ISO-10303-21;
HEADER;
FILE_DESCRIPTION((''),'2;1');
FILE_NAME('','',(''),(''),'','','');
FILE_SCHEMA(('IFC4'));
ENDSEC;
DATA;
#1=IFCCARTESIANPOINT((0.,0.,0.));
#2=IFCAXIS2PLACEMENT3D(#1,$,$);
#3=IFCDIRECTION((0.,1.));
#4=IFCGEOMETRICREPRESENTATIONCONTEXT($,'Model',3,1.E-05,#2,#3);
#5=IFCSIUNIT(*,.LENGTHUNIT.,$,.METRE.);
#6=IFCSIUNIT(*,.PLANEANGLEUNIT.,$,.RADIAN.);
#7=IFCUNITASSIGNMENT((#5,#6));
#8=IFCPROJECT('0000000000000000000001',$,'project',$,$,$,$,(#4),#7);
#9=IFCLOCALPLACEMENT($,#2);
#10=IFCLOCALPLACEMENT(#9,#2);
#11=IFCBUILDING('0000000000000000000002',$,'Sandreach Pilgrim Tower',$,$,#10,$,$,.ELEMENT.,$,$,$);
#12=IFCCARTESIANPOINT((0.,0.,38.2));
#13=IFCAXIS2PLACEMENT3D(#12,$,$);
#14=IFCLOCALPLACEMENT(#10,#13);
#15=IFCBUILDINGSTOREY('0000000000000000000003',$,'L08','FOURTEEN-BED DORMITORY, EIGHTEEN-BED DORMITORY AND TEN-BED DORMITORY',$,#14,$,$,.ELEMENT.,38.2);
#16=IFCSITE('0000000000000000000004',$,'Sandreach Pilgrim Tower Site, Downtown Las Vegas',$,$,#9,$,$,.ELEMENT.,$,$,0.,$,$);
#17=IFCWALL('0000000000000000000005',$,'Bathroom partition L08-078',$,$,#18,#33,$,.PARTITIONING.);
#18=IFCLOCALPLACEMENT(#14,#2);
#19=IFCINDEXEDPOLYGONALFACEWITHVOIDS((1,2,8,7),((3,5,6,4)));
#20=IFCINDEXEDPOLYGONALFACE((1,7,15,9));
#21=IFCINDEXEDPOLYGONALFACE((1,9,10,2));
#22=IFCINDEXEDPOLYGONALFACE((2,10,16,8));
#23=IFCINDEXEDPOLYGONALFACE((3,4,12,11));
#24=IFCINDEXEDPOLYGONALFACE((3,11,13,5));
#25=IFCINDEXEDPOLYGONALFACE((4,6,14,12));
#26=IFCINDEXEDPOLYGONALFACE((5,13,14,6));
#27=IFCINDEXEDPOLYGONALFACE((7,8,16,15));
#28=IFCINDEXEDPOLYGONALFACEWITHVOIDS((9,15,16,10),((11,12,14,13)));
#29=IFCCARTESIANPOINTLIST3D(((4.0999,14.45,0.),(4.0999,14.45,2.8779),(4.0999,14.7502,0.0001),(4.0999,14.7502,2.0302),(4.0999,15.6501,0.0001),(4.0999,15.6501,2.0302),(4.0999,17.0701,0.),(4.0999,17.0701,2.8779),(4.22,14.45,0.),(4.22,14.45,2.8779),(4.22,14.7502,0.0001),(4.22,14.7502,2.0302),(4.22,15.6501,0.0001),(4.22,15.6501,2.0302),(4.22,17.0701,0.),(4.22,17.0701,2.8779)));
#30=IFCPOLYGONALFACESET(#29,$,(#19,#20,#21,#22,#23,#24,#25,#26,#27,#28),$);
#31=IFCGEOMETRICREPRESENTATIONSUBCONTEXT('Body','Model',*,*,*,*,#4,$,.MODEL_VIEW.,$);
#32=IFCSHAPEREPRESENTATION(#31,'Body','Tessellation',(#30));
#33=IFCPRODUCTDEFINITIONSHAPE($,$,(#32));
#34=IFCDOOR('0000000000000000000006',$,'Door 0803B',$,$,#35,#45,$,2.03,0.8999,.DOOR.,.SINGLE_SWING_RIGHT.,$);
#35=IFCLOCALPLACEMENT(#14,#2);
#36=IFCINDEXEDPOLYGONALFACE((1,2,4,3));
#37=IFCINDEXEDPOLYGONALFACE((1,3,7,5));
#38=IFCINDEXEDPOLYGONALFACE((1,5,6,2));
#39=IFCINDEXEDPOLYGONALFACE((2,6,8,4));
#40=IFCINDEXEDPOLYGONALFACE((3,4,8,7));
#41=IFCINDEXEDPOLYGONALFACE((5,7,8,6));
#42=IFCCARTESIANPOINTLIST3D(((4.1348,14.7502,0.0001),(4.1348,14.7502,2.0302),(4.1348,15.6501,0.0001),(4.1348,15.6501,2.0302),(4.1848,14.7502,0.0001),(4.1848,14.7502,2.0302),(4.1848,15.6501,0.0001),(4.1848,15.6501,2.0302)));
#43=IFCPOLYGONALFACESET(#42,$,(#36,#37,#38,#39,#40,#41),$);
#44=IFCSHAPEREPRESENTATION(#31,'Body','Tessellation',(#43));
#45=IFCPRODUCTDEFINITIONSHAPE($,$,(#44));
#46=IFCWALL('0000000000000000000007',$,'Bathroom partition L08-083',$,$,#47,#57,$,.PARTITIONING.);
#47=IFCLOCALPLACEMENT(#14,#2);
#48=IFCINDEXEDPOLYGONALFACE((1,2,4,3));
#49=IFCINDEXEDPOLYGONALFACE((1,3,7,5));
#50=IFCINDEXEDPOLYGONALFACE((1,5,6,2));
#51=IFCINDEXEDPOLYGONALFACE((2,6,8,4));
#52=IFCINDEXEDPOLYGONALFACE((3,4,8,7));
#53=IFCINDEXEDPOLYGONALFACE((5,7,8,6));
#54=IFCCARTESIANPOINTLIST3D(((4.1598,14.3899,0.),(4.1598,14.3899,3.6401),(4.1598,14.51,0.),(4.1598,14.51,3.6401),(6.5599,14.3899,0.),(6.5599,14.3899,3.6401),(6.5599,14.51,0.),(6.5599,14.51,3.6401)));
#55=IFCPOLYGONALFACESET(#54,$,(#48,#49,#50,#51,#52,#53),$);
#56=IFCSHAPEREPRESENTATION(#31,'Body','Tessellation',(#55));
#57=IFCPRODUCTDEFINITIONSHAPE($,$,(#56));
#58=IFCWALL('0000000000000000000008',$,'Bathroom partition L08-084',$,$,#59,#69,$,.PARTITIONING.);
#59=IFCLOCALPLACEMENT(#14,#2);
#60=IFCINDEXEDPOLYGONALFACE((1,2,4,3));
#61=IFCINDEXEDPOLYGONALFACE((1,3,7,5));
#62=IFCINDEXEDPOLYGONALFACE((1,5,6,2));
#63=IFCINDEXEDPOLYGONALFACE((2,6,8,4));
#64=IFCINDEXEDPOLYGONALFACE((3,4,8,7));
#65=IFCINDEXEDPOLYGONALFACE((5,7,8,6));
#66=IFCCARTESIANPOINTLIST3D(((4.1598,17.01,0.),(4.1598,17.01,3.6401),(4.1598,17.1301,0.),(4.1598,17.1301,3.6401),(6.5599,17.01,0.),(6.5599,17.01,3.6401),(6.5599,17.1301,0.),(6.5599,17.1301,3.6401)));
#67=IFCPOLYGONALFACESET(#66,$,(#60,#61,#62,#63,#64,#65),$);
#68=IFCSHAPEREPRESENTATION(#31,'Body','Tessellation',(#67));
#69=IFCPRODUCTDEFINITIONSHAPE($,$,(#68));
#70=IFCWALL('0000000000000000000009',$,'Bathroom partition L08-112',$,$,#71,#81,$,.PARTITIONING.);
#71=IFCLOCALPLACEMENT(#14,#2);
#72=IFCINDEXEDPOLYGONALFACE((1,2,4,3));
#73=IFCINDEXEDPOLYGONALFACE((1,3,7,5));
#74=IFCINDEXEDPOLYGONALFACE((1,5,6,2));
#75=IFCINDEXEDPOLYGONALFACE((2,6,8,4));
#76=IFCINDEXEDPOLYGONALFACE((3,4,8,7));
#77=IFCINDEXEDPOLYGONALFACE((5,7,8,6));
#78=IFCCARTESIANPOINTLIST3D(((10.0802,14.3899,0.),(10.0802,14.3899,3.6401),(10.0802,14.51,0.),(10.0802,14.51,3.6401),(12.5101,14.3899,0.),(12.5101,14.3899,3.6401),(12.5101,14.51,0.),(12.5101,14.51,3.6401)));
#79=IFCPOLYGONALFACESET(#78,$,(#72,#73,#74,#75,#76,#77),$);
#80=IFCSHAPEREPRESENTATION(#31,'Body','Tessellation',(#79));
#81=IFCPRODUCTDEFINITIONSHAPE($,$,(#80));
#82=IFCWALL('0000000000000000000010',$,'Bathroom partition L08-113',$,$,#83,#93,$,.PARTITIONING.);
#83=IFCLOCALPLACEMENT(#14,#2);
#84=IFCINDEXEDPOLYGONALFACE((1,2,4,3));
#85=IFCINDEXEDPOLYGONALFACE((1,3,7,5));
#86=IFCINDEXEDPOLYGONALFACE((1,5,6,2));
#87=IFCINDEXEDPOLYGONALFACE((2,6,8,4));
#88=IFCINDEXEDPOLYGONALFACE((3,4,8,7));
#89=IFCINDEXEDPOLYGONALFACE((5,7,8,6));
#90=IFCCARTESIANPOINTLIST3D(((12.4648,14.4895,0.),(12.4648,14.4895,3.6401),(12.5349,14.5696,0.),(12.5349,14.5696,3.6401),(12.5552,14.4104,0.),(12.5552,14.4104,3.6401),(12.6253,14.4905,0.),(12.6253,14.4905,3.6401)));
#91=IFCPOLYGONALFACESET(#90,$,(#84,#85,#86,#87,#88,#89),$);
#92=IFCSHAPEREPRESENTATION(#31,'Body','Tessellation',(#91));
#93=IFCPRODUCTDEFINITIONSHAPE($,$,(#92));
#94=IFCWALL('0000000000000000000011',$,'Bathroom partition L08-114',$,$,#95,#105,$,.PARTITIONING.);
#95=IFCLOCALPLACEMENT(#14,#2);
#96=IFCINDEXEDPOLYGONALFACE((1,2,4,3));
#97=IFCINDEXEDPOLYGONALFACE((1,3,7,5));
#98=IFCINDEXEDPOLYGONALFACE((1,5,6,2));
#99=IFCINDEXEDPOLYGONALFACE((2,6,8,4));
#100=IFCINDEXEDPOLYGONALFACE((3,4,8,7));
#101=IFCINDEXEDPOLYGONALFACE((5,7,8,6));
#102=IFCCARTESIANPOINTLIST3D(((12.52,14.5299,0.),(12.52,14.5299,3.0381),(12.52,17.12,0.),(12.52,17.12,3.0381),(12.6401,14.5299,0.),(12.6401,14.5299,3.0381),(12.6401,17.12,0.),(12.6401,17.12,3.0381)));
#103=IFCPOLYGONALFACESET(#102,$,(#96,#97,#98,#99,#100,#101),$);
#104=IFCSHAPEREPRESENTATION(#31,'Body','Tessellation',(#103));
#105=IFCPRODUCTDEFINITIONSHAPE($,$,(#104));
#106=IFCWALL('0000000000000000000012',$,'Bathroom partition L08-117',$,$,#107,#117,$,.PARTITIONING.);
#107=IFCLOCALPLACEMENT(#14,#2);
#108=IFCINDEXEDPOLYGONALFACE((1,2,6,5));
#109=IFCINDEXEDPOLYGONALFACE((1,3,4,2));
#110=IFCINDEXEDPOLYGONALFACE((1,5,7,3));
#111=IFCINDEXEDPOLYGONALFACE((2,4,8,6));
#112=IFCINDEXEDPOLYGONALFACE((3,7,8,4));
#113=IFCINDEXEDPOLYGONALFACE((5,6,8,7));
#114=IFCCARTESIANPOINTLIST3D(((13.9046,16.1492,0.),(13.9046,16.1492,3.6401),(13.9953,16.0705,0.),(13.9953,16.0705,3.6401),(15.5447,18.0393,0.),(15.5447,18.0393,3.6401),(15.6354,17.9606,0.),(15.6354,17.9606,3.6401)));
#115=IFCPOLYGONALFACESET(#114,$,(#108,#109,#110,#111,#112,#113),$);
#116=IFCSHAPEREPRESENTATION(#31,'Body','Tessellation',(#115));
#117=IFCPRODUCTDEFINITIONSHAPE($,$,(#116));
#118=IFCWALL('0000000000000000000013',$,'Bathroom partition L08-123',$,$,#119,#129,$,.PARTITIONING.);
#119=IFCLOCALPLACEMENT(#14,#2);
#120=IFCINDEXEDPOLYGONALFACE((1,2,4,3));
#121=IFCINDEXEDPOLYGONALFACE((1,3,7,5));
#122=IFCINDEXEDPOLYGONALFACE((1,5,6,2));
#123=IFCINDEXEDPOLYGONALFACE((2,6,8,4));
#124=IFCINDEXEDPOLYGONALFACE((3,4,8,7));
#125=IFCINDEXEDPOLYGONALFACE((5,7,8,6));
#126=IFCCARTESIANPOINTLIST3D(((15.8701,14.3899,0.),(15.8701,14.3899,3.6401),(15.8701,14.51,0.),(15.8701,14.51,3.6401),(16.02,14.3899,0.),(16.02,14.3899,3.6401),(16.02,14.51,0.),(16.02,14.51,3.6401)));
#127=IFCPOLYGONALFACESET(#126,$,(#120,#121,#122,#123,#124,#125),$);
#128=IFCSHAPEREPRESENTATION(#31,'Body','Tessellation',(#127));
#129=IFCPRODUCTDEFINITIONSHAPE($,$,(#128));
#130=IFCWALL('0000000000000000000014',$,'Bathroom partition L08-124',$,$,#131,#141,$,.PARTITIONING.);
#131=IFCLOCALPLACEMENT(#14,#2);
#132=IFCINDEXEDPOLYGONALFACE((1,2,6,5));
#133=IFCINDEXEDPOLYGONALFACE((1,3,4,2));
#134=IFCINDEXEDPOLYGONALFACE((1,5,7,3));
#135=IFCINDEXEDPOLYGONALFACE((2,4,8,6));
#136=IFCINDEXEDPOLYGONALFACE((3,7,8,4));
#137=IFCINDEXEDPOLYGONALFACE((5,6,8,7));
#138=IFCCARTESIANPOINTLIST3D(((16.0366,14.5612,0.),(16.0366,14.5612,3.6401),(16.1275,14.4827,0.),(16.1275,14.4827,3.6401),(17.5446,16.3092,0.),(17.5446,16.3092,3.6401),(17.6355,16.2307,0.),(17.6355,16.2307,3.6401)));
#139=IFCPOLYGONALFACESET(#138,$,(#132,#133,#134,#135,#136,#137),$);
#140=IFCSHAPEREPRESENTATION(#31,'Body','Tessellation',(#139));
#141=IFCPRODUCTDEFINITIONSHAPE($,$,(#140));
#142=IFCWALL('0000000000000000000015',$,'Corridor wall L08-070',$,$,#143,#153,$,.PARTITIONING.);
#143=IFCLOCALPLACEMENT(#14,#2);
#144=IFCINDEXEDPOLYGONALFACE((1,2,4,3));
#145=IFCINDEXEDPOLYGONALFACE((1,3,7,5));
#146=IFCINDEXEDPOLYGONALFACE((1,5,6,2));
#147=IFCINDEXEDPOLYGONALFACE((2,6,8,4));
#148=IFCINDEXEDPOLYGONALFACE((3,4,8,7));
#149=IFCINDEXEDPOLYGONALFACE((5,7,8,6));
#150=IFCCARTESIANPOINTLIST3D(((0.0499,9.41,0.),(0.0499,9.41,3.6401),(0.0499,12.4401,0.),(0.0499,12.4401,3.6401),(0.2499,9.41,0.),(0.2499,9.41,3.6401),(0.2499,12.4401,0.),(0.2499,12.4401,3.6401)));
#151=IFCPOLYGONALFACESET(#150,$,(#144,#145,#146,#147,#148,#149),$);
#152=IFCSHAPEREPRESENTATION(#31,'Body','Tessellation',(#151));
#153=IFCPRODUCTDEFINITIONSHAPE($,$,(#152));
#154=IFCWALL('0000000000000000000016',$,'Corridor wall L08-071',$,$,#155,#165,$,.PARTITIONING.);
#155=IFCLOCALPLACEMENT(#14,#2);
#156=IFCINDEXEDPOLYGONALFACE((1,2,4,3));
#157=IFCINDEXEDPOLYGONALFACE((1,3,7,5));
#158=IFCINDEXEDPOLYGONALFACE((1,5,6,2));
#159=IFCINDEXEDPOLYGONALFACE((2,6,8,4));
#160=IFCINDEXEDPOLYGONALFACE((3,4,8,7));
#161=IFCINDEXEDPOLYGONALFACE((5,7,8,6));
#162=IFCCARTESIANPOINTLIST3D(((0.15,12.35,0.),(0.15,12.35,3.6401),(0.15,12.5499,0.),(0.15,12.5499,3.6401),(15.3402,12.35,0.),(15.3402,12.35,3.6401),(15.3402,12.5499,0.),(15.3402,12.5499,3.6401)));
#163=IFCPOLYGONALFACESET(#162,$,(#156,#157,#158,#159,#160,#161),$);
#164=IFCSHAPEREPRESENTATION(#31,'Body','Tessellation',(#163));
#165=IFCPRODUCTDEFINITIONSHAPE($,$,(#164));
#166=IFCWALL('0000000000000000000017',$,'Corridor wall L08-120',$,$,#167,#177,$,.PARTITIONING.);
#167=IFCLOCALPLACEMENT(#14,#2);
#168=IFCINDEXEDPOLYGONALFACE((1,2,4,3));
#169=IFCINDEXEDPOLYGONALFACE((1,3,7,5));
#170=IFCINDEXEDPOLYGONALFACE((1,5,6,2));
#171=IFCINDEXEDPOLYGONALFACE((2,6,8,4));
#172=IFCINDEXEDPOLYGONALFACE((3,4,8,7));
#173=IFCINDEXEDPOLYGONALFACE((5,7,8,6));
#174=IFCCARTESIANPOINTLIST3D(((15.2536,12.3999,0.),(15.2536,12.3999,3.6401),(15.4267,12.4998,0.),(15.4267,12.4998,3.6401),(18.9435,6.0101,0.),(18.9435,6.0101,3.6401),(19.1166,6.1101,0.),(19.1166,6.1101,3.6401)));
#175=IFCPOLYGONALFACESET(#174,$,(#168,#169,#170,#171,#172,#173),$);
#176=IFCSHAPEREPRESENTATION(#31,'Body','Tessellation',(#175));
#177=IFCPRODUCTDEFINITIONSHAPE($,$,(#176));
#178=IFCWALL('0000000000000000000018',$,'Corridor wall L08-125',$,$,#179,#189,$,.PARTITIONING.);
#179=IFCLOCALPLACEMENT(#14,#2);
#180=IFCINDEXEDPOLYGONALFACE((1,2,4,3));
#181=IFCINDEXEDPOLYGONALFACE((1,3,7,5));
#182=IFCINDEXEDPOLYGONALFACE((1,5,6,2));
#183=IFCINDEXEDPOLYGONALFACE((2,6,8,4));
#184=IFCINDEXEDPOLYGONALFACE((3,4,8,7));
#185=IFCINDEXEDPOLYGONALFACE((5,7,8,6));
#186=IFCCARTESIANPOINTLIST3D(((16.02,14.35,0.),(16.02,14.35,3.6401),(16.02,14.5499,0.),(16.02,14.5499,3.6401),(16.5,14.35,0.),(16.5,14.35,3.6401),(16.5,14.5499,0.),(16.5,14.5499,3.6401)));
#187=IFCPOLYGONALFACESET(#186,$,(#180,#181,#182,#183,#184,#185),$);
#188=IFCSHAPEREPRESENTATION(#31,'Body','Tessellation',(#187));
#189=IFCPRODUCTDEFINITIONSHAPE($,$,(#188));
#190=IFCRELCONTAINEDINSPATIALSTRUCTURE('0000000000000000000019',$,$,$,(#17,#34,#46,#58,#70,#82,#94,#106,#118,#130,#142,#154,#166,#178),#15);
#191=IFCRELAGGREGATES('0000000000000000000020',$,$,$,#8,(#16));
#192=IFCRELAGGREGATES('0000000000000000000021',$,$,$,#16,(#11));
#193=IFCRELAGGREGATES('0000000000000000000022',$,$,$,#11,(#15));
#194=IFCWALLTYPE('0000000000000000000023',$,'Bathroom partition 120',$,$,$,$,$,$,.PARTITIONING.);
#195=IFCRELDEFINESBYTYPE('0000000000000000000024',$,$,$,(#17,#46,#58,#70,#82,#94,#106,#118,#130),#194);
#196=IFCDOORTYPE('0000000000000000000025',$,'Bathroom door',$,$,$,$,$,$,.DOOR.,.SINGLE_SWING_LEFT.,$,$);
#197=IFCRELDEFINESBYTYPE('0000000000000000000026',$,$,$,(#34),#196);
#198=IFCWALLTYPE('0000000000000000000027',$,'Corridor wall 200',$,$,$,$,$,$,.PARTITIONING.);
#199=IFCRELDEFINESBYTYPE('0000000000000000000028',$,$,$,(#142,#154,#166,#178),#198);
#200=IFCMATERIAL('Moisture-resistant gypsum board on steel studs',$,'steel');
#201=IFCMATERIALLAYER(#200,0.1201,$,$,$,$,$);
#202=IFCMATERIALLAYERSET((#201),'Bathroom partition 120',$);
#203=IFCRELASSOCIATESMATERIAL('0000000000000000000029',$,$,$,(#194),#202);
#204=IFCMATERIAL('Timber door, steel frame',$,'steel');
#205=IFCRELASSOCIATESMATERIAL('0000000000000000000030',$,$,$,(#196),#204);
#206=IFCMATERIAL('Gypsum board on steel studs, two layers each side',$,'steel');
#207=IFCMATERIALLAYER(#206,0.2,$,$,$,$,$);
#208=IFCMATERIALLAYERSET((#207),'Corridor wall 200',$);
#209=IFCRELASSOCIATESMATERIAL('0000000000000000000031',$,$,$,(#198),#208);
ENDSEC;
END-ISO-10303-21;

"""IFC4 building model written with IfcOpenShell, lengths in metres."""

from ifc_helpers import new_model, si_unit, direction, frame, frame_2d, origin, place, context, subcontext, project, spatial, rectangle, extrude, material, layer, layer_set, type_object, element, fill, save


model = new_model("IFC4")

# Units and contexts
model_context = context("Model", 3, precision=1e-05, world=origin(), true_north=direction((0.0, 1.0)))
body_context = subcontext(model_context, "Body", "Model", "MODEL_VIEW")
ifc_project = project(units=[si_unit("LENGTHUNIT", "METRE"), si_unit("PLANEANGLEUNIT", "RADIAN")], contexts=[model_context])

# Site, building, storey
site_placement = place(None, origin())
site = spatial("IfcSite", under=ifc_project, at=site_placement, Name="Sandreach Pilgrim Tower Site, Downtown Las Vegas", CompositionType="ELEMENT", RefElevation=0.0)
building_placement = place(site_placement, origin())
building = spatial("IfcBuilding", under=site, at=building_placement, Name="Sandreach Pilgrim Tower", CompositionType="ELEMENT")
storey_placement = place(building_placement, frame((0.0, 0.0, 38.2)))
storey = spatial("IfcBuildingStorey", under=building, at=storey_placement, Name="L08", Description="FOURTEEN-BED DORMITORY, EIGHTEEN-BED DORMITORY AND TEN-BED DORMITORY", CompositionType="ELEMENT", Elevation=38.2)

# Wall, opening, door
ifc_material_1 = material(Name="Moisture-resistant gypsum board on steel studs", Category="steel")
ifc_layer_1 = layer(ifc_material_1, 0.1201)
ifc_layer_set_1 = layer_set([ifc_layer_1], Name="Bathroom partition 120")
wall_type_1 = type_object("IfcWallType", Name="Bathroom partition 120", PredefinedType="PARTITIONING", material=ifc_layer_set_1)
wall_1_placement = place(storey_placement, frame((4.1599, 17.0701, 0.0), z_axis=(0.0, 0.0, 1.0), x_axis=(0.0, -1.0, 0.0)))
wall_1 = element("IfcWall", 1, at=wall_1_placement, inside=storey, type_object=wall_type_1, Name="Bathroom partition L08-078", PredefinedType="PARTITIONING", context=body_context, shape_type="SweptSolid", body=[
    extrude(rectangle(XDim=2.6201, YDim=0.1201, at=frame_2d((1.3101, 0.0))), origin(), (0.0, 0.0, 1.0), 2.8779),
])
opening_1_placement = place(wall_1_placement, frame((1.4199, 0.0, 0.0)))
opening_1 = element("IfcOpeningElement", 2, at=opening_1_placement, cuts=wall_1, PredefinedType="OPENING", context=body_context, shape_type="SweptSolid", body=[
    extrude(rectangle(XDim=0.8999, YDim=2.03, at=frame_2d((0.45, 1.0151))), frame((0.0, 0.0601, 0.0), z_axis=(0.0, -1.0, 0.0), x_axis=(1.0, 0.0, 0.0)), (0.0, 0.0, 1.0), 0.1201),
])
ifc_material_2 = material(Name="Timber door, steel frame", Category="steel")
door_type_1 = type_object("IfcDoorType", Name="Bathroom door", OperationType="SINGLE_SWING_LEFT", PredefinedType="DOOR", material=ifc_material_2)
door_1_placement = place(opening_1_placement, origin())
door_1 = element("IfcDoor", 3, at=door_1_placement, inside=storey, type_object=door_type_1, Name="Door 0803B", OperationType="SINGLE_SWING_RIGHT", OverallHeight=2.03, OverallWidth=0.8999, PredefinedType="DOOR", context=body_context, shape_type="SweptSolid", body=[
    extrude(rectangle(XDim=0.8999, YDim=2.03, at=frame_2d((0.45, 1.0151))), frame((0.0, 0.0249, 0.0), z_axis=(0.0, -1.0, 0.0), x_axis=(1.0, 0.0, 0.0)), (0.0, 0.0, 1.0), 0.05),
])
fill(opening_1, door_1)

# Walls
for number, where, z_axis, x_axis, name in (
    (4, (6.5601, 14.45, 0.0), (0.0, 0.0, 1.0), (-1.0, 0.0, 0.0), "Bathroom partition L08-083"),
    (5, (6.5601, 17.0701, 0.0), (0.0, 0.0, 1.0), (-1.0, 0.0, 0.0), "Bathroom partition L08-084"),
):
    element("IfcWall", number, at=place(storey_placement, frame(where, z_axis=z_axis, x_axis=x_axis)), inside=storey, type_object=wall_type_1, Name=name, PredefinedType="PARTITIONING", context=body_context, shape_type="SweptSolid", body=[
        extrude(rectangle(XDim=2.4001, YDim=0.1201, at=frame_2d((1.2002, 0.0))), origin(), (0.0, 0.0, 1.0), 3.6401),
    ])
wall_2_placement = place(storey_placement, frame((12.51, 14.45, 0.0), z_axis=(0.0, 0.0, 1.0), x_axis=(-1.0, 0.0, 0.0)))
element("IfcWall", 6, at=wall_2_placement, inside=storey, type_object=wall_type_1, Name="Bathroom partition L08-112", PredefinedType="PARTITIONING", context=body_context, shape_type="SweptSolid", body=[
    extrude(rectangle(XDim=2.4299, YDim=0.1201, at=frame_2d((1.2148, 0.0))), origin(), (0.0, 0.0, 1.0), 3.6401),
])
wall_3_placement = place(storey_placement, frame((12.5801, 14.53, 0.0), z_axis=(0.0, 0.0, 1.0), x_axis=(-0.658505, -0.752577, 0.0)))
element("IfcWall", 7, at=wall_3_placement, inside=storey, type_object=wall_type_1, Name="Bathroom partition L08-113", PredefinedType="PARTITIONING", context=body_context, shape_type="SweptSolid", body=[
    extrude(rectangle(XDim=0.1064, YDim=0.1201, at=frame_2d((0.0532, 0.0))), origin(), (0.0, 0.0, 1.0), 3.6401),
])
wall_4_placement = place(storey_placement, frame((12.5801, 14.53, 0.0), z_axis=(0.0, 0.0, 1.0), x_axis=(0.0, 1.0, 0.0)))
element("IfcWall", 8, at=wall_4_placement, inside=storey, type_object=wall_type_1, Name="Bathroom partition L08-114", PredefinedType="PARTITIONING", context=body_context, shape_type="SweptSolid", body=[
    extrude(rectangle(XDim=2.5901, YDim=0.1201, at=frame_2d((1.2949, 0.0))), origin(), (0.0, 0.0, 1.0), 3.0381),
])
wall_5_placement = place(storey_placement, frame((13.95, 16.1099, 0.0), z_axis=(0.0, 0.0, 1.0), x_axis=(0.655391, 0.75529, 0.0)))
element("IfcWall", 9, at=wall_5_placement, inside=storey, type_object=wall_type_1, Name="Bathroom partition L08-117", PredefinedType="PARTITIONING", context=body_context, shape_type="SweptSolid", body=[
    extrude(rectangle(XDim=2.5024, YDim=0.1201, at=frame_2d((1.2512, 0.0))), origin(), (0.0, 0.0, 1.0), 3.6401),
])
wall_6_placement = place(storey_placement, frame((16.02, 14.45, 0.0), z_axis=(0.0, 0.0, 1.0), x_axis=(-1.0, 0.0, 0.0)))
element("IfcWall", 10, at=wall_6_placement, inside=storey, type_object=wall_type_1, Name="Bathroom partition L08-123", PredefinedType="PARTITIONING", context=body_context, shape_type="SweptSolid", body=[
    extrude(rectangle(XDim=0.1499, YDim=0.1201, at=frame_2d((0.075, 0.0))), origin(), (0.0, 0.0, 1.0), 3.6401),
])
wall_7_placement = place(storey_placement, frame((16.082, 14.522, 0.0), z_axis=(0.0, 0.0, 1.0), x_axis=(0.653218, 0.75717, 0.0)))
element("IfcWall", 11, at=wall_7_placement, inside=storey, type_object=wall_type_1, Name="Bathroom partition L08-124", PredefinedType="PARTITIONING", context=body_context, shape_type="SweptSolid", body=[
    extrude(rectangle(XDim=2.3086, YDim=0.1201, at=frame_2d((1.1543, 0.0))), origin(), (0.0, 0.0, 1.0), 3.6401),
])
ifc_material_3 = material(Name="Gypsum board on steel studs, two layers each side", Category="steel")
ifc_layer_2 = layer(ifc_material_3, 0.2)
ifc_layer_set_2 = layer_set([ifc_layer_2], Name="Corridor wall 200")
wall_type_2 = type_object("IfcWallType", Name="Corridor wall 200", PredefinedType="PARTITIONING", material=ifc_layer_set_2)
wall_8_placement = place(storey_placement, frame((0.1499, 9.4099, 0.0), z_axis=(0.0, 0.0, 1.0), x_axis=(0.0, 1.0, 0.0)))
element("IfcWall", 12, at=wall_8_placement, inside=storey, type_object=wall_type_2, Name="Corridor wall L08-070", PredefinedType="PARTITIONING", context=body_context, shape_type="SweptSolid", body=[
    extrude(rectangle(XDim=3.03, YDim=0.2, at=frame_2d((1.5151, 0.0))), origin(), (0.0, 0.0, 1.0), 3.6401),
])
wall_9_placement = place(storey_placement, frame((0.1499, 12.45, 0.0), z_axis=(0.0, 0.0, 1.0), x_axis=(1.0, 0.0, 0.0)))
element("IfcWall", 13, at=wall_9_placement, inside=storey, type_object=wall_type_2, Name="Corridor wall L08-071", PredefinedType="PARTITIONING", context=body_context, shape_type="SweptSolid", body=[
    extrude(rectangle(XDim=15.1902, YDim=0.2, at=frame_2d((7.5952, 0.0))), origin(), (0.0, 0.0, 1.0), 3.6401),
])

# Walls
wall_10_placement = place(storey_placement, frame((15.3401, 12.45, 0.0), z_axis=(0.0, 0.0, 1.0), x_axis=(0.500075, -0.865982, 0.0)))
element("IfcWall", 14, at=wall_10_placement, inside=storey, type_object=wall_type_2, Name="Corridor wall L08-120", PredefinedType="PARTITIONING", context=body_context, shape_type="SweptSolid", body=[
    extrude(rectangle(XDim=7.3787, YDim=0.2, at=frame_2d((3.6895, 0.0))), origin(), (0.0, 0.0, 1.0), 3.6401),
])
wall_11_placement = place(storey_placement, frame((16.5, 14.45, 0.0), z_axis=(0.0, 0.0, 1.0), x_axis=(-1.0, 0.0, 0.0)))
element("IfcWall", 15, at=wall_11_placement, inside=storey, type_object=wall_type_2, Name="Corridor wall L08-125", PredefinedType="PARTITIONING", context=body_context, shape_type="SweptSolid", body=[
    extrude(rectangle(XDim=0.48, YDim=0.2, at=frame_2d((0.24, 0.0))), origin(), (0.0, 0.0, 1.0), 3.6401),
])

save(model, "model.ifc")
